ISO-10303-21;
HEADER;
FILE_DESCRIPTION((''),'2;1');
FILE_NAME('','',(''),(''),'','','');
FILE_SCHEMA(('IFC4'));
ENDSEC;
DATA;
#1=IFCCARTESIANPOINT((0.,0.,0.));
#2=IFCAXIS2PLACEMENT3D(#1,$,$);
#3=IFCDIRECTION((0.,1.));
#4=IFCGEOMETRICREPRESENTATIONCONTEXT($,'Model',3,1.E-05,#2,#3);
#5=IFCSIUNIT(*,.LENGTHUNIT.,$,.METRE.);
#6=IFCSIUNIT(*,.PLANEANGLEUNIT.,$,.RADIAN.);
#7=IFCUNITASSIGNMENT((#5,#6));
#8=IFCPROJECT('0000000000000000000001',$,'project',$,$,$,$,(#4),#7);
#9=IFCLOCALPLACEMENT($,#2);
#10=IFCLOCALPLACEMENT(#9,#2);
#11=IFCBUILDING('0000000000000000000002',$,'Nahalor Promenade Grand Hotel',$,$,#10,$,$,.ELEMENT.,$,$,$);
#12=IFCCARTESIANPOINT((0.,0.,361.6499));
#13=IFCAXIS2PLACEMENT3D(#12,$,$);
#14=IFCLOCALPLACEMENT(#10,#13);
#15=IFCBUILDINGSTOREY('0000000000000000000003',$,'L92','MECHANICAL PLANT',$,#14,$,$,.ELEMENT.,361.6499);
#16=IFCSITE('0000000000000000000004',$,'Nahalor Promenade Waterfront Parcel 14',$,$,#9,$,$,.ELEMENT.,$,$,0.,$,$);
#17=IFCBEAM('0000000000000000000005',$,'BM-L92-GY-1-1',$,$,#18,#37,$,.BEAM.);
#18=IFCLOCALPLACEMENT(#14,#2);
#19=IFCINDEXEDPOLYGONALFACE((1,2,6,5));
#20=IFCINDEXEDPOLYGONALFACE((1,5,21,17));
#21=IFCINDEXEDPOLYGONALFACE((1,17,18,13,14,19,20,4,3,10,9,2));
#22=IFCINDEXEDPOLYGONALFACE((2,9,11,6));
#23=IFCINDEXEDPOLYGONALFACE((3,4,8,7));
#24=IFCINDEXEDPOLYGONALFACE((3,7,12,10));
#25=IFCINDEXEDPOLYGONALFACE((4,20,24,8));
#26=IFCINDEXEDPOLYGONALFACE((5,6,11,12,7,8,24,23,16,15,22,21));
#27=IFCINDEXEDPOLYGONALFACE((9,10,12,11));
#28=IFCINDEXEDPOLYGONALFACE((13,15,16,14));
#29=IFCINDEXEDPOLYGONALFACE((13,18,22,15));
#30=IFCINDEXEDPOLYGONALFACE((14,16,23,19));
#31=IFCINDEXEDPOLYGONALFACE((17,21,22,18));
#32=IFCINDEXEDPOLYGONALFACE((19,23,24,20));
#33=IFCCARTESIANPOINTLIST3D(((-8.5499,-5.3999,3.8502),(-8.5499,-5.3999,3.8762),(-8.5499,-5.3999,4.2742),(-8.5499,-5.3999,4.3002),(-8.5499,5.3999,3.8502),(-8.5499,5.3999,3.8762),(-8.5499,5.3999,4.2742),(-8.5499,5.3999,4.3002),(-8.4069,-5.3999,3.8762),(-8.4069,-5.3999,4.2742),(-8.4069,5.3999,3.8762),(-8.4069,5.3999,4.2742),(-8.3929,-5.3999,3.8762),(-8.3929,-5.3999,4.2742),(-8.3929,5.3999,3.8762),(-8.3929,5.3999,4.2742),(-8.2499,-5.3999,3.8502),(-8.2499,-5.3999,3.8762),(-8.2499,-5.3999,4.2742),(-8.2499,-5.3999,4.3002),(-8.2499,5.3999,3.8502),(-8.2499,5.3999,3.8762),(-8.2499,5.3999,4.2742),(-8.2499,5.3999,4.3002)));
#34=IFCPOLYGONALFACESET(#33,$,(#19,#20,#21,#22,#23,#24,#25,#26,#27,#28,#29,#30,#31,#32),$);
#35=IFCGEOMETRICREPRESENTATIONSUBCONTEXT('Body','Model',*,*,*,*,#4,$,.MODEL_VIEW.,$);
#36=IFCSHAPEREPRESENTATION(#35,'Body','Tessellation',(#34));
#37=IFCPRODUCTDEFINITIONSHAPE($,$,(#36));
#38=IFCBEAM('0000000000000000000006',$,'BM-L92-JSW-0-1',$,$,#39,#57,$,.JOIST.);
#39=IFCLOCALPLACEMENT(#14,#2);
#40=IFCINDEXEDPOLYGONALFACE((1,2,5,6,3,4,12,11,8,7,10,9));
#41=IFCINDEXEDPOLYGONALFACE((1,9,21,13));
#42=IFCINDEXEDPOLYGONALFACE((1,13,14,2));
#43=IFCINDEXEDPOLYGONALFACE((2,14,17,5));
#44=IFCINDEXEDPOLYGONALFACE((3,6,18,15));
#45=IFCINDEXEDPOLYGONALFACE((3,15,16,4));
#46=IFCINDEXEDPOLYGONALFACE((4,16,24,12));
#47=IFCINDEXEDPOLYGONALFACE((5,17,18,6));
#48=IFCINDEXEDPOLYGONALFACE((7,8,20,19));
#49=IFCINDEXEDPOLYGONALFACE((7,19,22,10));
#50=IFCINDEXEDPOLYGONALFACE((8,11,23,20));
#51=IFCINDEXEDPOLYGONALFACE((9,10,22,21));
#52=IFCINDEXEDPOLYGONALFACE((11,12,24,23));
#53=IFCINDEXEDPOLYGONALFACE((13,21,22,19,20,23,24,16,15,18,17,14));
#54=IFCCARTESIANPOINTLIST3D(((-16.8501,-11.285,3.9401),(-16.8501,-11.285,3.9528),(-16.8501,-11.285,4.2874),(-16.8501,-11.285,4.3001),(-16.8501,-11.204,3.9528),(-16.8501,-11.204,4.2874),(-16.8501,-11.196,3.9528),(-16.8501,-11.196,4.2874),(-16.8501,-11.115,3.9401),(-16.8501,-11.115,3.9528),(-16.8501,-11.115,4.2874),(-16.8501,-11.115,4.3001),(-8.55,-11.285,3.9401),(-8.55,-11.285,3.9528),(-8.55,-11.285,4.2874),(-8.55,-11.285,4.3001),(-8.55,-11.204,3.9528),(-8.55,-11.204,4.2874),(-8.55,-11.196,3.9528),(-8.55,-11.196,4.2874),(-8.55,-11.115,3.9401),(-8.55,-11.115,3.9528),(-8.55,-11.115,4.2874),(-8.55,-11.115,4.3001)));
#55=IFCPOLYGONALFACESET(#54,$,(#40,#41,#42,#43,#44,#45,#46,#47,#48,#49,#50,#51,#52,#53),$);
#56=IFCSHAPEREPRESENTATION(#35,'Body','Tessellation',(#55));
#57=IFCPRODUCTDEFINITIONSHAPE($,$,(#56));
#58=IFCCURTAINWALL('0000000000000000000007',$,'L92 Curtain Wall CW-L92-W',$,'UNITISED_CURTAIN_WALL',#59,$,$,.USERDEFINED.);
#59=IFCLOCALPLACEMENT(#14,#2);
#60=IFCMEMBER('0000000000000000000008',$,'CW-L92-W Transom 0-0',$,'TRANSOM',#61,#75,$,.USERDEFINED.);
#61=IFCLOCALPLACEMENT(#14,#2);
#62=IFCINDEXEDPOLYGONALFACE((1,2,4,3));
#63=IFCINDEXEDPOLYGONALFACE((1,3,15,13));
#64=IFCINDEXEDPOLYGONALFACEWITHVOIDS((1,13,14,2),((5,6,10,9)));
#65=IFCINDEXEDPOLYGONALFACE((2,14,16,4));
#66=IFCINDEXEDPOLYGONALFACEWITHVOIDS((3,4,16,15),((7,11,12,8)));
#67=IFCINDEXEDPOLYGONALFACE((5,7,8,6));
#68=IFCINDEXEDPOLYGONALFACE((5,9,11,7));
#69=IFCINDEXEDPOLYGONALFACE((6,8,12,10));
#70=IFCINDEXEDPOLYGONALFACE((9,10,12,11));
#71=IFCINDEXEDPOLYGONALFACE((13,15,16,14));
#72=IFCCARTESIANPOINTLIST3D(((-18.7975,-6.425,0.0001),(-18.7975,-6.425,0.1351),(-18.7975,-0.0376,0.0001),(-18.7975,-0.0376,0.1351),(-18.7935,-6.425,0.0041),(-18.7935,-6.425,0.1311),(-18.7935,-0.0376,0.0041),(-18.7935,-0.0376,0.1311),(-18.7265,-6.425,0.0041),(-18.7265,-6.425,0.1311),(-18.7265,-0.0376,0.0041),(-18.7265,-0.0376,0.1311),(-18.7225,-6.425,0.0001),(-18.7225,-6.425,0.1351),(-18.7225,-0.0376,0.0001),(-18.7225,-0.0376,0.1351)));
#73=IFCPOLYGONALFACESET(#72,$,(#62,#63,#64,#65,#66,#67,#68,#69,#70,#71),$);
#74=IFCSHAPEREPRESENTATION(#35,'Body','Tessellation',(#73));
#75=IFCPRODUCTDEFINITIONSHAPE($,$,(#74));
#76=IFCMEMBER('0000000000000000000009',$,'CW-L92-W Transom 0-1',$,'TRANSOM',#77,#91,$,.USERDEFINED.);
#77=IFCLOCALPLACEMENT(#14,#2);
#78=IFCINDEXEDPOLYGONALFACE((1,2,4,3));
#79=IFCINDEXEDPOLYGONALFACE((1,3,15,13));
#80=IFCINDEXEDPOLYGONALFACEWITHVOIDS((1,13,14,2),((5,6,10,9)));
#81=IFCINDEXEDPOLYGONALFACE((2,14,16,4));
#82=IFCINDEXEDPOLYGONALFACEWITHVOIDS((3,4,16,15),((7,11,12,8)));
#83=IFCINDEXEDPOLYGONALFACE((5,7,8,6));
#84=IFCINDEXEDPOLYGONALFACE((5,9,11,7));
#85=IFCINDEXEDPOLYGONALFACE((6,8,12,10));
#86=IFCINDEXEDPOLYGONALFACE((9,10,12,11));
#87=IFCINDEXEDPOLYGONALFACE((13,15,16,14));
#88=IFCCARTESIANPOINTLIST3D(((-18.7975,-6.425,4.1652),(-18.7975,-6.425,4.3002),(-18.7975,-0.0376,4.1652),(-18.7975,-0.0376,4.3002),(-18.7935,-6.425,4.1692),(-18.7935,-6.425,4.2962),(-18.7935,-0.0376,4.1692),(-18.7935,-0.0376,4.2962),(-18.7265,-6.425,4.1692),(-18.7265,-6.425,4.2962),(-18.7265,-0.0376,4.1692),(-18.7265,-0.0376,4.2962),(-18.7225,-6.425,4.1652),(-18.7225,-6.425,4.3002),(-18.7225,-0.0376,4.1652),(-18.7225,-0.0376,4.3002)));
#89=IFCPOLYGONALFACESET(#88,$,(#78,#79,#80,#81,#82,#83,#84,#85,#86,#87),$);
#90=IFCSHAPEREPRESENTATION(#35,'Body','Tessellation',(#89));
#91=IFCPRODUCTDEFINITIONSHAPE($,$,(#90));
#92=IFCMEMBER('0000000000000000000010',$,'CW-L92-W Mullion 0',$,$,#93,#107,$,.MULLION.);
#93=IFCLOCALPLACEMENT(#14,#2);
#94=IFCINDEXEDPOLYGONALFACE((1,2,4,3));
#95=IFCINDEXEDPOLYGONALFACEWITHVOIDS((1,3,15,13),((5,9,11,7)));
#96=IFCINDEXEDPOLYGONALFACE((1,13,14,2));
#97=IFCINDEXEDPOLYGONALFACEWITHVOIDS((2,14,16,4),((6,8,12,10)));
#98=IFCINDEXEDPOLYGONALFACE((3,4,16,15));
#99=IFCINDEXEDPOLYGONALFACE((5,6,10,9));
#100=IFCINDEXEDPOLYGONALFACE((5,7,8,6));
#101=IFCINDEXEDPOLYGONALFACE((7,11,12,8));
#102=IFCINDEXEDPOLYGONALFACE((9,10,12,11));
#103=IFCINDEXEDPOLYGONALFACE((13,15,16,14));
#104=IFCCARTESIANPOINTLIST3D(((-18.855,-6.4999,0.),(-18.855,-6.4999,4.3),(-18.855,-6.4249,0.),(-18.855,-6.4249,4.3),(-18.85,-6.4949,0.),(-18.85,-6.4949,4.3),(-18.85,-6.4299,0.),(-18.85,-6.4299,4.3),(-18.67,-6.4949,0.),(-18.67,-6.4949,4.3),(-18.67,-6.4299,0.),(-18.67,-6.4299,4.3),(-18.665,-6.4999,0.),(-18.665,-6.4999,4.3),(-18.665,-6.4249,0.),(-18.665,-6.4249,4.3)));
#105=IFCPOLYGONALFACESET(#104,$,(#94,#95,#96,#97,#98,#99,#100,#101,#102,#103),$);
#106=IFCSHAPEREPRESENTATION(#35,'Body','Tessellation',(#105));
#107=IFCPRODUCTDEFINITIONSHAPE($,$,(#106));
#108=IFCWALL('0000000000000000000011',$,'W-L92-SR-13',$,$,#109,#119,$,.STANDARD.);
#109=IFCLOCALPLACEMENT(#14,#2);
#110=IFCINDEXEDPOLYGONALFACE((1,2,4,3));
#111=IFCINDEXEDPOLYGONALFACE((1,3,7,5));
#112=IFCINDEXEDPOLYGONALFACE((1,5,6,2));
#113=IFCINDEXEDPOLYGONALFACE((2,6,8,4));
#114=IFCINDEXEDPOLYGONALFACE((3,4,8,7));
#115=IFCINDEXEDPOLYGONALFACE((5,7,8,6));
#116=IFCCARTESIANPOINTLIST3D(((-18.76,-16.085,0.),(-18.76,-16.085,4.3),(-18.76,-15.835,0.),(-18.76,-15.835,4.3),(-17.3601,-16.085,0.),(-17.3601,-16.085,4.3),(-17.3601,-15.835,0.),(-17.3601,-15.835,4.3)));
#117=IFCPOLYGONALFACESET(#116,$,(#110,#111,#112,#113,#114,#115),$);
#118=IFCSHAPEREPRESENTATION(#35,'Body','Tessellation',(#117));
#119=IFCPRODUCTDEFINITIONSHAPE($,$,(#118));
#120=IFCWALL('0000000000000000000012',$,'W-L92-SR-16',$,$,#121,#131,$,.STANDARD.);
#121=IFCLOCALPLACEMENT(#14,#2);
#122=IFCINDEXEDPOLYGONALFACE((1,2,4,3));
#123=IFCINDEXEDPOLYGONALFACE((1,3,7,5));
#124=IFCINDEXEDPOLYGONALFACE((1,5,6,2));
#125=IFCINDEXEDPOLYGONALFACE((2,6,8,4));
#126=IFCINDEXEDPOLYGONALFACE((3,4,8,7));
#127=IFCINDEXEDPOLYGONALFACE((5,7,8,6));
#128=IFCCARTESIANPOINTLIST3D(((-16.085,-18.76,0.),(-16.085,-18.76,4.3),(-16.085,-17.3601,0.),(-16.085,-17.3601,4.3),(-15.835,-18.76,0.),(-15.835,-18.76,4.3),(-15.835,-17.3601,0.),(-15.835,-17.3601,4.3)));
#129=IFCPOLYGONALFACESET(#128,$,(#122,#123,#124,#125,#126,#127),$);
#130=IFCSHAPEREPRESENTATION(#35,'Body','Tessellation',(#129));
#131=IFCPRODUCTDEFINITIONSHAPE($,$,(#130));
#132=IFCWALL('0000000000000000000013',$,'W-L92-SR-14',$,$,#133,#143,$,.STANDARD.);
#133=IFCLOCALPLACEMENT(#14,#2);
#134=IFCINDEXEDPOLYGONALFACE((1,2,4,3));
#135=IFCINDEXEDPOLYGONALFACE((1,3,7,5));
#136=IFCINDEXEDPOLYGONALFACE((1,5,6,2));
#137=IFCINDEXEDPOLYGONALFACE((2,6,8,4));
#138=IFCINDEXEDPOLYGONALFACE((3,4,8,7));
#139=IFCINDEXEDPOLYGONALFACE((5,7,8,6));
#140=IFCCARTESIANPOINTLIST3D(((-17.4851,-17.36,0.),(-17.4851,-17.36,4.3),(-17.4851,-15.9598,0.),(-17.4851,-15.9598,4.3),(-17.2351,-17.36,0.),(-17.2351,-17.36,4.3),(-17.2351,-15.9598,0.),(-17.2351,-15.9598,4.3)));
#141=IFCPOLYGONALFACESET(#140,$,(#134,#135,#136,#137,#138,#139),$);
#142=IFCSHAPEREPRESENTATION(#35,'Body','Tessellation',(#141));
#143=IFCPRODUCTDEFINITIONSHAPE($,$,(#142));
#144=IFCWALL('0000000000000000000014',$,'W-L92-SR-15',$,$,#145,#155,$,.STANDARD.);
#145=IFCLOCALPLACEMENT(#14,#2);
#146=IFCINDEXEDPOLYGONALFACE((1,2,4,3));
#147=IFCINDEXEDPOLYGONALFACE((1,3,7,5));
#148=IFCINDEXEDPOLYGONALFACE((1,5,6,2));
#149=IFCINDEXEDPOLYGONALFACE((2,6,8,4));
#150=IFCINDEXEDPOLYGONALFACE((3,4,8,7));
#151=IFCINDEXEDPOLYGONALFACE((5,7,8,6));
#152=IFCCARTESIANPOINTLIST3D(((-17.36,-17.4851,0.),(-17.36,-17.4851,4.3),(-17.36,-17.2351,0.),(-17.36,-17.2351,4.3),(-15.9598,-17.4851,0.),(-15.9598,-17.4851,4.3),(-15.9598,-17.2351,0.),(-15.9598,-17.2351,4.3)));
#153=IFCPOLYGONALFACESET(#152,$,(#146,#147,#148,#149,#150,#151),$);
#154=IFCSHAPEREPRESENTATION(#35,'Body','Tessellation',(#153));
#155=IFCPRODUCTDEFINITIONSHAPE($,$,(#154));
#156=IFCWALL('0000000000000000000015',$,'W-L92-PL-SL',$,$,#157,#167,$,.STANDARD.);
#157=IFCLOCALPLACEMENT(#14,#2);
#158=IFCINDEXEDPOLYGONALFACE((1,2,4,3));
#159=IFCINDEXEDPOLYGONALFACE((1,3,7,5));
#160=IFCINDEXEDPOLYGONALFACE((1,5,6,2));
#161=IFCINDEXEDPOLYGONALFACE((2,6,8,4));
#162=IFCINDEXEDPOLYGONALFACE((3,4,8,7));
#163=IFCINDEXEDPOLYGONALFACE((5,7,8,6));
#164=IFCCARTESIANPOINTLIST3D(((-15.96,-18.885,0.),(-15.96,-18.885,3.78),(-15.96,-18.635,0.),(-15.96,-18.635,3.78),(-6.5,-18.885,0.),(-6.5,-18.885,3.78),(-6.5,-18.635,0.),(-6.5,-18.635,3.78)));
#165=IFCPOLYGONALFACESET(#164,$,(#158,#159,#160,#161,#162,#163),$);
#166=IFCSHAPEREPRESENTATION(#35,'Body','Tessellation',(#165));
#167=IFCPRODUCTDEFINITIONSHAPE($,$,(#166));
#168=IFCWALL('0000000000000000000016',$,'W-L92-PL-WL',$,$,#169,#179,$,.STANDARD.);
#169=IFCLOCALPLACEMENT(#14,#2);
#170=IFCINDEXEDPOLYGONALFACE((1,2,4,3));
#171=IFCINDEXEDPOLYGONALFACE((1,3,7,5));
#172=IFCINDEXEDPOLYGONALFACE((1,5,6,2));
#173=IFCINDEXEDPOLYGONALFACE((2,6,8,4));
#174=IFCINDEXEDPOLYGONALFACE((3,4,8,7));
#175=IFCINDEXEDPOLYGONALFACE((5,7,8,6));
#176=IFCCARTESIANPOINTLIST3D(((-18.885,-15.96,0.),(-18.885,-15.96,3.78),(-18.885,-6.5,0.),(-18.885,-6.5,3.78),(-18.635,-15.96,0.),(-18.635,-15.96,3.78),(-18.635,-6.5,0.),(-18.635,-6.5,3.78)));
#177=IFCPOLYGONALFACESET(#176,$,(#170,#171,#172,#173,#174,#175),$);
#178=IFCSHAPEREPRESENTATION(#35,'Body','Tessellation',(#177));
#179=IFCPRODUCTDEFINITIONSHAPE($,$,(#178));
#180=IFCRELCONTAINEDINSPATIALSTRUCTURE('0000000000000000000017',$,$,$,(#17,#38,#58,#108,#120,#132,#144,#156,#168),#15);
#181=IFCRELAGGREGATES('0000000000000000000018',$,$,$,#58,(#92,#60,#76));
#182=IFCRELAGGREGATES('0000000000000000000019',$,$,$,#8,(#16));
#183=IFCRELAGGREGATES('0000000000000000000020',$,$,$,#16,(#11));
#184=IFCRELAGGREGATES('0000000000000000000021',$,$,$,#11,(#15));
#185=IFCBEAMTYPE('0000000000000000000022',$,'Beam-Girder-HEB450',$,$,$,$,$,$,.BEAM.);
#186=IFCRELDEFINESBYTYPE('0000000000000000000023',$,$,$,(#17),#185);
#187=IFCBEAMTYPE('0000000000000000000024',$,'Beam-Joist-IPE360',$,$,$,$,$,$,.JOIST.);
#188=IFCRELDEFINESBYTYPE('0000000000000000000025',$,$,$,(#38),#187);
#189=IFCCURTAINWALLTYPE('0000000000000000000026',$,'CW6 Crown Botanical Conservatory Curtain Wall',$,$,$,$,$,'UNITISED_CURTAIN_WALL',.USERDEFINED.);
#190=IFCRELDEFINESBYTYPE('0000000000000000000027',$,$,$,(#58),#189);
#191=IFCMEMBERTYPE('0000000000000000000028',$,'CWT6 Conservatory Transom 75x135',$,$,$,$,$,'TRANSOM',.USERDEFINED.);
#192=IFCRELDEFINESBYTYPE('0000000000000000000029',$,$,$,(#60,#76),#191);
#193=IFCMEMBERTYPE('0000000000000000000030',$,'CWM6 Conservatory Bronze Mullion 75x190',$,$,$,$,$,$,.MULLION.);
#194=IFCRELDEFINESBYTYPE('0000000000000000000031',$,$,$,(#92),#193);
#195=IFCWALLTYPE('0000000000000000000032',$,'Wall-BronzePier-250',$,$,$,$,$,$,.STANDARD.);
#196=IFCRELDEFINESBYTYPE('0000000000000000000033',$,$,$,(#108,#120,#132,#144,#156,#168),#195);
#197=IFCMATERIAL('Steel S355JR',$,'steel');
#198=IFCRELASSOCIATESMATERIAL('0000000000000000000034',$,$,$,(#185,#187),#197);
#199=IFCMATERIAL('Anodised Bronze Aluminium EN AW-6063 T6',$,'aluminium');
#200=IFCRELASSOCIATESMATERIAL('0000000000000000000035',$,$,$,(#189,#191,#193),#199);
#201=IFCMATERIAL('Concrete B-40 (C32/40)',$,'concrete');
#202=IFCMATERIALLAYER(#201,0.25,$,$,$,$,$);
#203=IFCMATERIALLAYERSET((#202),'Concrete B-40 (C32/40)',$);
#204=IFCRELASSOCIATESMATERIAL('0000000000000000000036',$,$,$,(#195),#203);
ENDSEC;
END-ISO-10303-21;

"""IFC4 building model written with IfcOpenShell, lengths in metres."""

from ifc_helpers import new_model, si_unit, direction, frame, frame_2d, origin, origin_2d, place, context, subcontext, project, spatial, rectangle, hollow_rectangle, i_section, extrude, source, transform, mapped, material, layer, layer_set, material_profile, profile_set, type_object, element, aggregate, save


model = new_model("IFC4")

# Units and contexts
model_context = context("Model", 3, precision=1e-05, world=origin(), true_north=direction((0.0, 1.0)))
body_context = subcontext(model_context, "Body", "Model", "MODEL_VIEW")
ifc_project = project(units=[si_unit("LENGTHUNIT", "METRE"), si_unit("PLANEANGLEUNIT", "RADIAN")], contexts=[model_context])

# Site, building, storey
site_placement = place(None, origin())
site = spatial("IfcSite", under=ifc_project, at=site_placement, Name="Nahalor Promenade Waterfront Parcel 14", CompositionType="ELEMENT", RefElevation=0.0)
building_placement = place(site_placement, origin())
building = spatial("IfcBuilding", under=site, at=building_placement, Name="Nahalor Promenade Grand Hotel", CompositionType="ELEMENT")
storey_placement = place(building_placement, frame((0.0, 0.0, 361.6499)))
storey = spatial("IfcBuildingStorey", under=building, at=storey_placement, Name="L92", Description="MECHANICAL PLANT", CompositionType="ELEMENT", Elevation=361.6499)

# Beams
ifc_material_1 = material(Name="Steel S355JR", Category="steel")
ifc_material_profile_1 = material_profile(ifc_material_1, i_section(OverallWidth=0.3, OverallDepth=0.45, WebThickness=0.014, FlangeThickness=0.026, at=origin_2d()), Name="HEB 450")
ifc_profile_set_1 = profile_set([ifc_material_profile_1], Name="Steel S355JR")
beam_type_1 = type_object("IfcBeamType", Name="Beam-Girder-HEB450", PredefinedType="BEAM", material=ifc_profile_set_1)
shared_shape_1 = source(origin(), body_context, "Body", "SweptSolid", [
    extrude(i_section(OverallWidth=0.3, OverallDepth=0.45, WebThickness=0.014, FlangeThickness=0.026, at=origin_2d()), origin(), (0.0, 0.0, 1.0), 10.7998),
])
for number, where, z_axis, x_axis, name in (
    (1, (-8.3999, -5.3999, 4.0752), (0.0, 1.0, 0.0), (-1.0, 0.0, 0.0), "BM-L92-GY-1-1"),
):
    element("IfcBeam", number, at=place(storey_placement, frame(where, z_axis=z_axis, x_axis=x_axis)), inside=storey, type_object=beam_type_1, Name=name, PredefinedType="BEAM", context=body_context, shape_type="MappedRepresentation", body=[
        mapped(shared_shape_1, transform((0.0, 0.0, 0.0), scale=1.0)),
    ])
ifc_material_profile_2 = material_profile(ifc_material_1, i_section(OverallWidth=0.17, OverallDepth=0.36, WebThickness=0.008, FlangeThickness=0.0127, at=origin_2d()), Name="IPE 360")
ifc_profile_set_2 = profile_set([ifc_material_profile_2], Name="Steel S355JR")
beam_type_2 = type_object("IfcBeamType", Name="Beam-Joist-IPE360", PredefinedType="JOIST", material=ifc_profile_set_2)
shared_shape_2 = source(origin(), body_context, "Body", "SweptSolid", [
    extrude(i_section(OverallWidth=0.17, OverallDepth=0.36, WebThickness=0.008, FlangeThickness=0.0127, at=origin_2d()), origin(), (0.0, 0.0, 1.0), 8.3),
])
beam_placement = place(storey_placement, frame((-16.8501, -11.2, 4.1201), z_axis=(1.0, 0.0, 0.0), x_axis=(0.0, 1.0, 0.0)))
element("IfcBeam", 2, at=beam_placement, inside=storey, type_object=beam_type_2, Name="BM-L92-JSW-0-1", PredefinedType="JOIST", context=body_context, shape_type="MappedRepresentation", body=[
    mapped(shared_shape_2, transform((0.0, 0.0, 0.0), scale=1.0)),
])

# Curtain wall, members
ifc_material_2 = material(Name="Anodised Bronze Aluminium EN AW-6063 T6", Category="aluminium")
curtain_wall_type = type_object("IfcCurtainWallType", Name="CW6 Crown Botanical Conservatory Curtain Wall", ElementType="UNITISED_CURTAIN_WALL", PredefinedType="USERDEFINED", material=ifc_material_2)
curtain_wall_placement = place(storey_placement, origin())
curtain_wall = element("IfcCurtainWall", 3, at=curtain_wall_placement, inside=storey, type_object=curtain_wall_type, Name="L92 Curtain Wall CW-L92-W", ObjectType="UNITISED_CURTAIN_WALL", PredefinedType="USERDEFINED")
ifc_material_profile_3 = material_profile(ifc_material_2, hollow_rectangle(XDim=0.075, YDim=0.135, WallThickness=0.004, at=origin_2d()), Name="CWT 75x135x4")
ifc_profile_set_3 = profile_set([ifc_material_profile_3], Name="Anodised Bronze Aluminium EN AW-6063 T6")
member_type_1 = type_object("IfcMemberType", Name="CWT6 Conservatory Transom 75x135", ElementType="TRANSOM", PredefinedType="USERDEFINED", material=ifc_profile_set_3)
shared_shape_3 = source(origin(), body_context, "Body", "SweptSolid", [
    extrude(hollow_rectangle(XDim=0.075, YDim=0.135, WallThickness=0.004, at=origin_2d()), origin(), (0.0, 0.0, 1.0), 6.3875),
])
member_1_placement = place(storey_placement, frame((-18.76, -6.425, 0.0676), z_axis=(0.0, 1.0, 0.0), x_axis=(-1.0, 0.0, 0.0)))
member_1 = element("IfcMember", 4, at=member_1_placement, type_object=member_type_1, Name="CW-L92-W Transom 0-0", ObjectType="TRANSOM", PredefinedType="USERDEFINED", context=body_context, shape_type="MappedRepresentation", body=[
    mapped(shared_shape_3, transform((0.0, 0.0, 0.0), scale=1.0)),
])
member_2_placement = place(storey_placement, frame((-18.76, -6.425, 4.2327), z_axis=(0.0, 1.0, 0.0), x_axis=(-1.0, 0.0, 0.0)))
member_2 = element("IfcMember", 5, at=member_2_placement, type_object=member_type_1, Name="CW-L92-W Transom 0-1", ObjectType="TRANSOM", PredefinedType="USERDEFINED", context=body_context, shape_type="MappedRepresentation", body=[
    mapped(shared_shape_3, transform((0.0, 0.0, 0.0), scale=1.0)),
])
ifc_material_profile_4 = material_profile(ifc_material_2, hollow_rectangle(XDim=0.075, YDim=0.19, WallThickness=0.005, at=origin_2d()), Name="CWM 75x190x5")
ifc_profile_set_4 = profile_set([ifc_material_profile_4], Name="Anodised Bronze Aluminium EN AW-6063 T6")
member_type_2 = type_object("IfcMemberType", Name="CWM6 Conservatory Bronze Mullion 75x190", PredefinedType="MULLION", material=ifc_profile_set_4)
shared_shape_4 = source(origin(), body_context, "Body", "SweptSolid", [
    extrude(hollow_rectangle(XDim=0.075, YDim=0.19, WallThickness=0.005, at=origin_2d()), origin(), (0.0, 0.0, 1.0), 4.3),
])
member_3_placement = place(storey_placement, frame((-18.76, -6.4624, 0.0), z_axis=(0.0, 0.0, 1.0), x_axis=(0.0, 1.0, 0.0)))
member_3 = element("IfcMember", 6, at=member_3_placement, type_object=member_type_2, Name="CW-L92-W Mullion 0", PredefinedType="MULLION", context=body_context, shape_type="MappedRepresentation", body=[
    mapped(shared_shape_4, transform((0.0, 0.0, 0.0), scale=1.0)),
])
aggregate(curtain_wall, [member_3, member_1, member_2])

# Walls
ifc_material_3 = material(Name="Concrete B-40 (C32/40)", Category="concrete")
ifc_layer_1 = layer(ifc_material_3, 0.25)
ifc_layer_set_1 = layer_set([ifc_layer_1], Name="Concrete B-40 (C32/40)")
wall_type_1 = type_object("IfcWallType", Name="Wall-BronzePier-250", PredefinedType="STANDARD", material=ifc_layer_set_1)
shared_shape_5 = source(origin(), body_context, "Body", "SweptSolid", [
    extrude(rectangle(XDim=1.3999, YDim=0.25, at=frame_2d((0.7, 0.0))), origin(), (0.0, 0.0, 1.0), 4.3),
])
for number, where, z_axis, x_axis, name in (
    (7, (-18.76, -15.96, 0.0), (0.0, 0.0, 1.0), (1.0, 0.0, 0.0), "W-L92-SR-13"),
    (8, (-15.96, -18.76, 0.0), (0.0, 0.0, 1.0), (0.0, 1.0, 0.0), "W-L92-SR-16"),
):
    element("IfcWall", number, at=place(storey_placement, frame(where, z_axis=z_axis, x_axis=x_axis)), inside=storey, type_object=wall_type_1, Name=name, PredefinedType="STANDARD", context=body_context, shape_type="MappedRepresentation", body=[
        mapped(shared_shape_5, transform((0.0, 0.0, 0.0), scale=1.0)),
    ])
shared_shape_6 = source(origin(), body_context, "Body", "SweptSolid", [
    extrude(rectangle(XDim=1.4001, YDim=0.25, at=frame_2d((0.7002, 0.0))), origin(), (0.0, 0.0, 1.0), 4.3),
])
for number, where, z_axis, x_axis, name in (
    (9, (-17.3601, -17.3601, 0.0), (0.0, 0.0, 1.0), (0.0, 1.0, 0.0), "W-L92-SR-14"),
    (10, (-17.3601, -17.3601, 0.0), (0.0, 0.0, 1.0), (1.0, 0.0, 0.0), "W-L92-SR-15"),
):
    element("IfcWall", number, at=place(storey_placement, frame(where, z_axis=z_axis, x_axis=x_axis)), inside=storey, type_object=wall_type_1, Name=name, PredefinedType="STANDARD", context=body_context, shape_type="MappedRepresentation", body=[
        mapped(shared_shape_6, transform((0.0, 0.0, 0.0), scale=1.0)),
    ])
shared_shape_7 = source(origin(), body_context, "Body", "SweptSolid", [
    extrude(rectangle(XDim=9.46, YDim=0.25, at=frame_2d((4.73, 0.0))), origin(), (0.0, 0.0, 1.0), 3.78),
])
for number, where, z_axis, x_axis, name in (
    (11, (-15.96, -18.76, 0.0), (0.0, 0.0, 1.0), (1.0, 0.0, 0.0), "W-L92-PL-SL"),
    (12, (-18.76, -15.96, 0.0), (0.0, 0.0, 1.0), (0.0, 1.0, 0.0), "W-L92-PL-WL"),
):
    element("IfcWall", number, at=place(storey_placement, frame(where, z_axis=z_axis, x_axis=x_axis)), inside=storey, type_object=wall_type_1, Name=name, PredefinedType="STANDARD", context=body_context, shape_type="MappedRepresentation", body=[
        mapped(shared_shape_7, transform((0.0, 0.0, 0.0), scale=1.0)),
    ])

save(model, "model.ifc")
